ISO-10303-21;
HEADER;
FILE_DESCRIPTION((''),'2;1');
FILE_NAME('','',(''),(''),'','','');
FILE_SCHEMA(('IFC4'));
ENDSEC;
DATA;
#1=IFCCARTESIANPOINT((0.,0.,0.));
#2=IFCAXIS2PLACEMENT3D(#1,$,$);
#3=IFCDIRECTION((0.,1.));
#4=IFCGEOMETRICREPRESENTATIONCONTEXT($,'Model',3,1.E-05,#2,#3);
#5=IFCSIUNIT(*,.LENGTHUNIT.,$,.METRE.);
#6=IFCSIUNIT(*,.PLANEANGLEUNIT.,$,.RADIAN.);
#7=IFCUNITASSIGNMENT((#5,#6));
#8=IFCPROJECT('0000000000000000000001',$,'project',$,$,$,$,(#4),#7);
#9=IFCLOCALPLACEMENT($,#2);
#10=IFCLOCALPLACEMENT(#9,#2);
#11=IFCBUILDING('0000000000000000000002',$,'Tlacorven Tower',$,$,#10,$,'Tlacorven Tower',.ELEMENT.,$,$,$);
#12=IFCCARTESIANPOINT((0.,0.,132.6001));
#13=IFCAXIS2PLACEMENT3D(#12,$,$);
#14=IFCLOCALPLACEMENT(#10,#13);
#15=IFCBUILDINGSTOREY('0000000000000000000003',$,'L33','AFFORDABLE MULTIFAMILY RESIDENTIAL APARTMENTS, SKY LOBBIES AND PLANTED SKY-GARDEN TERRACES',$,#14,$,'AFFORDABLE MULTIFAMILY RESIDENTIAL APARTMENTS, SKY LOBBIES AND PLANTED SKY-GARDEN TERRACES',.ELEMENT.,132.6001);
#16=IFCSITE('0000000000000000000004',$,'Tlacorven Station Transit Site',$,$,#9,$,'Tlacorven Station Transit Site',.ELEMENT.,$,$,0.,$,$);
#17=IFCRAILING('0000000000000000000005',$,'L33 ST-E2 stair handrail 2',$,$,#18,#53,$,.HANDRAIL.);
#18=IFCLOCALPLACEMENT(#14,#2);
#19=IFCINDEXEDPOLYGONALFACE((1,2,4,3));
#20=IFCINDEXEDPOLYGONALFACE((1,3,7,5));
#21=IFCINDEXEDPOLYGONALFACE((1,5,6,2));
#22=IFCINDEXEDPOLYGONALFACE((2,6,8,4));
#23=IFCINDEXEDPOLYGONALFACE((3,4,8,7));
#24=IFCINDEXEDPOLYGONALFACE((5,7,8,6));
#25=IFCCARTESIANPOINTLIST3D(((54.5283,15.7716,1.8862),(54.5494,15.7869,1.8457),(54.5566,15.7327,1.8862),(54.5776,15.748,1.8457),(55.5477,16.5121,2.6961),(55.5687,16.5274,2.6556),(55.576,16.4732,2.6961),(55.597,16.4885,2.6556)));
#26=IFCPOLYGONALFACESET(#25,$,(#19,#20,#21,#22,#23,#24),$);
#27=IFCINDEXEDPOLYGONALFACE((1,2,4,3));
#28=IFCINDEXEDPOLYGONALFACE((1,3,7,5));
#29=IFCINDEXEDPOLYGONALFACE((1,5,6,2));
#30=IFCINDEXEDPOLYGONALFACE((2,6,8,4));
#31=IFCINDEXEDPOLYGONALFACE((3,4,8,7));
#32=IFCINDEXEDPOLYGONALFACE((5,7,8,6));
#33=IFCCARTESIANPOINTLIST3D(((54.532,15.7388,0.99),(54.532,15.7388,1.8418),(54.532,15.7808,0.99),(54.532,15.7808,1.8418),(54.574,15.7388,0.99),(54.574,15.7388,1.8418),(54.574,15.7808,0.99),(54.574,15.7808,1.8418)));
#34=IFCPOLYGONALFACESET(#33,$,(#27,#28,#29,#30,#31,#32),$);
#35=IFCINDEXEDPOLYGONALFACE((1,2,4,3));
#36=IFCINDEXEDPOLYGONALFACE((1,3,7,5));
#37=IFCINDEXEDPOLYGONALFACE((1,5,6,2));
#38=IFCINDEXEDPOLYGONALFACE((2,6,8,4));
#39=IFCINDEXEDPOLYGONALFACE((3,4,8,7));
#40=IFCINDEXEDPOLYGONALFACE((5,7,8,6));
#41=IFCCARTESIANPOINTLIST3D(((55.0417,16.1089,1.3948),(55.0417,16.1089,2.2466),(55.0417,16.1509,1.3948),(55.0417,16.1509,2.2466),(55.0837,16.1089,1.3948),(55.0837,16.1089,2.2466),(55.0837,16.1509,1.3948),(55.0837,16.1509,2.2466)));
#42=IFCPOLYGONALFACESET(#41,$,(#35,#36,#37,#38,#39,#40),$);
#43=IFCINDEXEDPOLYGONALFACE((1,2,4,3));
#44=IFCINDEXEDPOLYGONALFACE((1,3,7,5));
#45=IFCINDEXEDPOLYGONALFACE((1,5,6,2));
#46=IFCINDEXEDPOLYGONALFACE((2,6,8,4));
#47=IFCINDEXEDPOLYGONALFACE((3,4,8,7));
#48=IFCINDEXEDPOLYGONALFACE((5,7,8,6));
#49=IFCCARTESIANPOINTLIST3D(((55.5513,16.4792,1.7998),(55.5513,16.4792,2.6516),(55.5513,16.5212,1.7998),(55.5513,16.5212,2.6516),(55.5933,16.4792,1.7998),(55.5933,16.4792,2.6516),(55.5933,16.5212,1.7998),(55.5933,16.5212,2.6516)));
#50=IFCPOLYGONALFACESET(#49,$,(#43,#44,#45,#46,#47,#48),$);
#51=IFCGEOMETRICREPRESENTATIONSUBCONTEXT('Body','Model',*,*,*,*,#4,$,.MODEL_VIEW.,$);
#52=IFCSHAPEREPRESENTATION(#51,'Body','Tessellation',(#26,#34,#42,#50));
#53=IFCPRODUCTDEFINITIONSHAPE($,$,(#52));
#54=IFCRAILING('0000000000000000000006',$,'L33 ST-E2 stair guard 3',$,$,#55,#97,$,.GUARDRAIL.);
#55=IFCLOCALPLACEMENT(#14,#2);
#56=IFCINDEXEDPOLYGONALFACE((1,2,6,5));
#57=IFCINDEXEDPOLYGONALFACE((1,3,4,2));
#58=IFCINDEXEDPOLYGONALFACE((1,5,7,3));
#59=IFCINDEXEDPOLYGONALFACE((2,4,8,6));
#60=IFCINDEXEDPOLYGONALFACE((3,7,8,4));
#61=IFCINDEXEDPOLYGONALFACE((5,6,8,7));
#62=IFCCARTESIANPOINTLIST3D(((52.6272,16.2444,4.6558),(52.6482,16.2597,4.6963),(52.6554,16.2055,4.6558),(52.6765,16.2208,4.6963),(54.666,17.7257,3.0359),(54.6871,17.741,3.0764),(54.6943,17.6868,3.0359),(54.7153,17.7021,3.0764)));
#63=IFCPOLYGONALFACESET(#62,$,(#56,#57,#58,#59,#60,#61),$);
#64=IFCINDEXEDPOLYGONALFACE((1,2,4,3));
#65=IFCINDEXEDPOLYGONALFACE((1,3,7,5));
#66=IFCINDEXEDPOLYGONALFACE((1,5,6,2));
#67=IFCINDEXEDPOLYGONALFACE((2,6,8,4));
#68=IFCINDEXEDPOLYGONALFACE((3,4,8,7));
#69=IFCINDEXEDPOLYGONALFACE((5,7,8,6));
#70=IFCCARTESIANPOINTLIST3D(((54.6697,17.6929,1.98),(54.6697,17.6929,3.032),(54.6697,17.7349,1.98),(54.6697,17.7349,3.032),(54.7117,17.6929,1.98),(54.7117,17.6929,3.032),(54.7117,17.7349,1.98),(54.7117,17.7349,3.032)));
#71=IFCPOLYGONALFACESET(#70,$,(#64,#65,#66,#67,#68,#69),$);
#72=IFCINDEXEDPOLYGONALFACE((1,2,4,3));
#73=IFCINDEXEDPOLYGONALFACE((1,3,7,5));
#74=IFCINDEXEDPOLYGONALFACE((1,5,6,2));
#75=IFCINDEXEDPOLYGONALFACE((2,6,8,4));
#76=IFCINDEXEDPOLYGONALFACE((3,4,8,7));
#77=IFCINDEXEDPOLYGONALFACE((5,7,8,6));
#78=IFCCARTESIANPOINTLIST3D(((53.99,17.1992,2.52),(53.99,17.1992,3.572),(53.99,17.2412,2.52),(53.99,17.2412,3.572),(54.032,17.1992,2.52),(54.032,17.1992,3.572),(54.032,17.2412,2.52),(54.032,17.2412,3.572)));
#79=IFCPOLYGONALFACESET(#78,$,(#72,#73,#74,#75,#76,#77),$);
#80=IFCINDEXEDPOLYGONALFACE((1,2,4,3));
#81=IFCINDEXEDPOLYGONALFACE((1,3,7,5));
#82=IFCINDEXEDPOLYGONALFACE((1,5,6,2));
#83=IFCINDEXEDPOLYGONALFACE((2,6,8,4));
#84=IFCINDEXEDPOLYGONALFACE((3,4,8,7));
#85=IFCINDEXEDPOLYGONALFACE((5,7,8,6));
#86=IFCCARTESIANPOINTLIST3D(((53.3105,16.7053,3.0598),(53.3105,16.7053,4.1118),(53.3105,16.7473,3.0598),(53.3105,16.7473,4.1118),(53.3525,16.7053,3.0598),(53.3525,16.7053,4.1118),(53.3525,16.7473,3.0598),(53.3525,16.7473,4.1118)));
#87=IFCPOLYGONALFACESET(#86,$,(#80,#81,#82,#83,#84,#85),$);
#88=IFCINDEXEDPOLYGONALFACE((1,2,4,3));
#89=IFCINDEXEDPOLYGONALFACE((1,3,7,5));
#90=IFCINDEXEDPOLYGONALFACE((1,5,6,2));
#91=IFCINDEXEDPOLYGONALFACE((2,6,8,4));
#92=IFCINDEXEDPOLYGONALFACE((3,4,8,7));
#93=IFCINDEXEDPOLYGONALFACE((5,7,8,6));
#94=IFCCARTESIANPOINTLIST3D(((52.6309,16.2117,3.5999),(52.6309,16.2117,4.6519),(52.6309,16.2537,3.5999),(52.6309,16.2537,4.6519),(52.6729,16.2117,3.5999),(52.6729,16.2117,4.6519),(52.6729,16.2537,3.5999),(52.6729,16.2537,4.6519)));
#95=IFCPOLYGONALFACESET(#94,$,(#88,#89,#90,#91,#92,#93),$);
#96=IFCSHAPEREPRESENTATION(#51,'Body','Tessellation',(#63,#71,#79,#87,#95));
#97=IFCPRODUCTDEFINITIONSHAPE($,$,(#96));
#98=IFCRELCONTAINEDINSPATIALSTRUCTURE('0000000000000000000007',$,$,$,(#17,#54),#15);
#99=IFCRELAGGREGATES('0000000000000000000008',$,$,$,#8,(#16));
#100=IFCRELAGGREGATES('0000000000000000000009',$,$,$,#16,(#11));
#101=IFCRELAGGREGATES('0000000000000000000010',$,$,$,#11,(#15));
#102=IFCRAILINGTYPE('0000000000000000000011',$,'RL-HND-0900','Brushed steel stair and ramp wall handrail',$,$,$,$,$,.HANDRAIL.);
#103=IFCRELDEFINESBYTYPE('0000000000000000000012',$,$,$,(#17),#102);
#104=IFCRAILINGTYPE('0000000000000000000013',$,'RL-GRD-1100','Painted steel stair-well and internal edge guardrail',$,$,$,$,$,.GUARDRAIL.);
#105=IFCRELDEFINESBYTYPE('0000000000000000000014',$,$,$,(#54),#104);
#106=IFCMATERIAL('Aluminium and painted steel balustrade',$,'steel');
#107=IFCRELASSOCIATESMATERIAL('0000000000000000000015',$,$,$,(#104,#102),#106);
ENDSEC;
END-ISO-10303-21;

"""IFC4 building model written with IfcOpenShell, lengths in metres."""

from ifc_helpers import new_model, si_unit, direction, frame, origin, origin_2d, place, context, subcontext, project, spatial, rectangle, extrude, source, transform, mapped, material, type_object, element, save


model = new_model("IFC4")

# Units and contexts
model_context = context("Model", 3, precision=1e-05, world=origin(), true_north=direction((0.0, 1.0)))
body_context = subcontext(model_context, "Body", "Model", "MODEL_VIEW")
ifc_project = project(units=[si_unit("LENGTHUNIT", "METRE"), si_unit("PLANEANGLEUNIT", "RADIAN")], contexts=[model_context])

# Site, building, storey
site_placement = place(None, origin())
site = spatial("IfcSite", under=ifc_project, at=site_placement, Name="Tlacorven Station Transit Site", LongName="Tlacorven Station Transit Site", CompositionType="ELEMENT", RefElevation=0.0)
building_placement = place(site_placement, origin())
building = spatial("IfcBuilding", under=site, at=building_placement, Name="Tlacorven Tower", LongName="Tlacorven Tower", CompositionType="ELEMENT")
storey_placement = place(building_placement, frame((0.0, 0.0, 132.6001)))
storey = spatial("IfcBuildingStorey", under=building, at=storey_placement, Name="L33", Description="AFFORDABLE MULTIFAMILY RESIDENTIAL APARTMENTS, SKY LOBBIES AND PLANTED SKY-GARDEN TERRACES", LongName="AFFORDABLE MULTIFAMILY RESIDENTIAL APARTMENTS, SKY LOBBIES AND PLANTED SKY-GARDEN TERRACES", CompositionType="ELEMENT", Elevation=132.6001)

# Railings
ifc_material_1 = material(Name="Aluminium and painted steel balustrade", Category="steel")
railing_type_1 = type_object("IfcRailingType", Name="RL-GRD-1100", Description="Painted steel stair-well and internal edge guardrail", PredefinedType="GUARDRAIL", material=ifc_material_1)
railing_type_2 = type_object("IfcRailingType", Name="RL-HND-0900", Description="Brushed steel stair and ramp wall handrail", PredefinedType="HANDRAIL", material=ifc_material_1)
shared_shape_1 = source(origin(), body_context, "Body", "SweptSolid", [
    extrude(rectangle(XDim=0.0481, YDim=0.0481, at=origin_2d()), frame((0.0, 0.0, 0.876), z_axis=(0.680576, 0.494416, 0.540712), x_axis=(-0.587745, 0.809046, 0.0)), (0.0, 0.0, 1.0), 1.4978),
    extrude(rectangle(XDim=0.042, YDim=0.042, at=origin_2d()), origin(), (0.0, 0.0, 1.0), 0.8518),
    extrude(rectangle(XDim=0.042, YDim=0.042, at=origin_2d()), frame((0.5098, 0.3701, 0.4048)), (0.0, 0.0, 1.0), 0.8518),
    extrude(rectangle(XDim=0.042, YDim=0.042, at=origin_2d()), frame((1.0193, 0.7405, 0.8098)), (0.0, 0.0, 1.0), 0.8518),
])
railing_1_placement = place(storey_placement, frame((54.553, 15.7598, 0.99)))
element("IfcRailing", 1, at=railing_1_placement, inside=storey, type_object=railing_type_2, Name="L33 ST-E2 stair handrail 2", PredefinedType="HANDRAIL", context=body_context, shape_type="MappedRepresentation", body=[
    mapped(shared_shape_1, transform((0.0, 0.0, 0.0), scale=1.0)),
])
shared_shape_2 = source(origin(), body_context, "Body", "SweptSolid", [
    extrude(rectangle(XDim=0.0481, YDim=0.0481, at=origin_2d()), frame((0.0, 0.0, 1.0762), z_axis=(-0.680562, -0.494428, 0.540717), x_axis=(0.587763, -0.809033, 0.0)), (0.0, 0.0, 1.0), 2.9958),
    extrude(rectangle(XDim=0.042, YDim=0.042, at=origin_2d()), origin(), (0.0, 0.0, 1.0), 1.052),
    extrude(rectangle(XDim=0.042, YDim=0.042, at=origin_2d()), frame((-0.6797, -0.4937, 0.54)), (0.0, 0.0, 1.0), 1.052),
    extrude(rectangle(XDim=0.042, YDim=0.042, at=origin_2d()), frame((-1.3591, -0.9875, 1.0798)), (0.0, 0.0, 1.0), 1.052),
    extrude(rectangle(XDim=0.042, YDim=0.042, at=origin_2d()), frame((-2.0388, -1.4812, 1.6199)), (0.0, 0.0, 1.0), 1.052),
])
railing_2_placement = place(storey_placement, frame((54.6907, 17.7139, 1.98)))
element("IfcRailing", 2, at=railing_2_placement, inside=storey, type_object=railing_type_1, Name="L33 ST-E2 stair guard 3", PredefinedType="GUARDRAIL", context=body_context, shape_type="MappedRepresentation", body=[
    mapped(shared_shape_2, transform((0.0, 0.0, 0.0), scale=1.0)),
])

save(model, "model.ifc")
